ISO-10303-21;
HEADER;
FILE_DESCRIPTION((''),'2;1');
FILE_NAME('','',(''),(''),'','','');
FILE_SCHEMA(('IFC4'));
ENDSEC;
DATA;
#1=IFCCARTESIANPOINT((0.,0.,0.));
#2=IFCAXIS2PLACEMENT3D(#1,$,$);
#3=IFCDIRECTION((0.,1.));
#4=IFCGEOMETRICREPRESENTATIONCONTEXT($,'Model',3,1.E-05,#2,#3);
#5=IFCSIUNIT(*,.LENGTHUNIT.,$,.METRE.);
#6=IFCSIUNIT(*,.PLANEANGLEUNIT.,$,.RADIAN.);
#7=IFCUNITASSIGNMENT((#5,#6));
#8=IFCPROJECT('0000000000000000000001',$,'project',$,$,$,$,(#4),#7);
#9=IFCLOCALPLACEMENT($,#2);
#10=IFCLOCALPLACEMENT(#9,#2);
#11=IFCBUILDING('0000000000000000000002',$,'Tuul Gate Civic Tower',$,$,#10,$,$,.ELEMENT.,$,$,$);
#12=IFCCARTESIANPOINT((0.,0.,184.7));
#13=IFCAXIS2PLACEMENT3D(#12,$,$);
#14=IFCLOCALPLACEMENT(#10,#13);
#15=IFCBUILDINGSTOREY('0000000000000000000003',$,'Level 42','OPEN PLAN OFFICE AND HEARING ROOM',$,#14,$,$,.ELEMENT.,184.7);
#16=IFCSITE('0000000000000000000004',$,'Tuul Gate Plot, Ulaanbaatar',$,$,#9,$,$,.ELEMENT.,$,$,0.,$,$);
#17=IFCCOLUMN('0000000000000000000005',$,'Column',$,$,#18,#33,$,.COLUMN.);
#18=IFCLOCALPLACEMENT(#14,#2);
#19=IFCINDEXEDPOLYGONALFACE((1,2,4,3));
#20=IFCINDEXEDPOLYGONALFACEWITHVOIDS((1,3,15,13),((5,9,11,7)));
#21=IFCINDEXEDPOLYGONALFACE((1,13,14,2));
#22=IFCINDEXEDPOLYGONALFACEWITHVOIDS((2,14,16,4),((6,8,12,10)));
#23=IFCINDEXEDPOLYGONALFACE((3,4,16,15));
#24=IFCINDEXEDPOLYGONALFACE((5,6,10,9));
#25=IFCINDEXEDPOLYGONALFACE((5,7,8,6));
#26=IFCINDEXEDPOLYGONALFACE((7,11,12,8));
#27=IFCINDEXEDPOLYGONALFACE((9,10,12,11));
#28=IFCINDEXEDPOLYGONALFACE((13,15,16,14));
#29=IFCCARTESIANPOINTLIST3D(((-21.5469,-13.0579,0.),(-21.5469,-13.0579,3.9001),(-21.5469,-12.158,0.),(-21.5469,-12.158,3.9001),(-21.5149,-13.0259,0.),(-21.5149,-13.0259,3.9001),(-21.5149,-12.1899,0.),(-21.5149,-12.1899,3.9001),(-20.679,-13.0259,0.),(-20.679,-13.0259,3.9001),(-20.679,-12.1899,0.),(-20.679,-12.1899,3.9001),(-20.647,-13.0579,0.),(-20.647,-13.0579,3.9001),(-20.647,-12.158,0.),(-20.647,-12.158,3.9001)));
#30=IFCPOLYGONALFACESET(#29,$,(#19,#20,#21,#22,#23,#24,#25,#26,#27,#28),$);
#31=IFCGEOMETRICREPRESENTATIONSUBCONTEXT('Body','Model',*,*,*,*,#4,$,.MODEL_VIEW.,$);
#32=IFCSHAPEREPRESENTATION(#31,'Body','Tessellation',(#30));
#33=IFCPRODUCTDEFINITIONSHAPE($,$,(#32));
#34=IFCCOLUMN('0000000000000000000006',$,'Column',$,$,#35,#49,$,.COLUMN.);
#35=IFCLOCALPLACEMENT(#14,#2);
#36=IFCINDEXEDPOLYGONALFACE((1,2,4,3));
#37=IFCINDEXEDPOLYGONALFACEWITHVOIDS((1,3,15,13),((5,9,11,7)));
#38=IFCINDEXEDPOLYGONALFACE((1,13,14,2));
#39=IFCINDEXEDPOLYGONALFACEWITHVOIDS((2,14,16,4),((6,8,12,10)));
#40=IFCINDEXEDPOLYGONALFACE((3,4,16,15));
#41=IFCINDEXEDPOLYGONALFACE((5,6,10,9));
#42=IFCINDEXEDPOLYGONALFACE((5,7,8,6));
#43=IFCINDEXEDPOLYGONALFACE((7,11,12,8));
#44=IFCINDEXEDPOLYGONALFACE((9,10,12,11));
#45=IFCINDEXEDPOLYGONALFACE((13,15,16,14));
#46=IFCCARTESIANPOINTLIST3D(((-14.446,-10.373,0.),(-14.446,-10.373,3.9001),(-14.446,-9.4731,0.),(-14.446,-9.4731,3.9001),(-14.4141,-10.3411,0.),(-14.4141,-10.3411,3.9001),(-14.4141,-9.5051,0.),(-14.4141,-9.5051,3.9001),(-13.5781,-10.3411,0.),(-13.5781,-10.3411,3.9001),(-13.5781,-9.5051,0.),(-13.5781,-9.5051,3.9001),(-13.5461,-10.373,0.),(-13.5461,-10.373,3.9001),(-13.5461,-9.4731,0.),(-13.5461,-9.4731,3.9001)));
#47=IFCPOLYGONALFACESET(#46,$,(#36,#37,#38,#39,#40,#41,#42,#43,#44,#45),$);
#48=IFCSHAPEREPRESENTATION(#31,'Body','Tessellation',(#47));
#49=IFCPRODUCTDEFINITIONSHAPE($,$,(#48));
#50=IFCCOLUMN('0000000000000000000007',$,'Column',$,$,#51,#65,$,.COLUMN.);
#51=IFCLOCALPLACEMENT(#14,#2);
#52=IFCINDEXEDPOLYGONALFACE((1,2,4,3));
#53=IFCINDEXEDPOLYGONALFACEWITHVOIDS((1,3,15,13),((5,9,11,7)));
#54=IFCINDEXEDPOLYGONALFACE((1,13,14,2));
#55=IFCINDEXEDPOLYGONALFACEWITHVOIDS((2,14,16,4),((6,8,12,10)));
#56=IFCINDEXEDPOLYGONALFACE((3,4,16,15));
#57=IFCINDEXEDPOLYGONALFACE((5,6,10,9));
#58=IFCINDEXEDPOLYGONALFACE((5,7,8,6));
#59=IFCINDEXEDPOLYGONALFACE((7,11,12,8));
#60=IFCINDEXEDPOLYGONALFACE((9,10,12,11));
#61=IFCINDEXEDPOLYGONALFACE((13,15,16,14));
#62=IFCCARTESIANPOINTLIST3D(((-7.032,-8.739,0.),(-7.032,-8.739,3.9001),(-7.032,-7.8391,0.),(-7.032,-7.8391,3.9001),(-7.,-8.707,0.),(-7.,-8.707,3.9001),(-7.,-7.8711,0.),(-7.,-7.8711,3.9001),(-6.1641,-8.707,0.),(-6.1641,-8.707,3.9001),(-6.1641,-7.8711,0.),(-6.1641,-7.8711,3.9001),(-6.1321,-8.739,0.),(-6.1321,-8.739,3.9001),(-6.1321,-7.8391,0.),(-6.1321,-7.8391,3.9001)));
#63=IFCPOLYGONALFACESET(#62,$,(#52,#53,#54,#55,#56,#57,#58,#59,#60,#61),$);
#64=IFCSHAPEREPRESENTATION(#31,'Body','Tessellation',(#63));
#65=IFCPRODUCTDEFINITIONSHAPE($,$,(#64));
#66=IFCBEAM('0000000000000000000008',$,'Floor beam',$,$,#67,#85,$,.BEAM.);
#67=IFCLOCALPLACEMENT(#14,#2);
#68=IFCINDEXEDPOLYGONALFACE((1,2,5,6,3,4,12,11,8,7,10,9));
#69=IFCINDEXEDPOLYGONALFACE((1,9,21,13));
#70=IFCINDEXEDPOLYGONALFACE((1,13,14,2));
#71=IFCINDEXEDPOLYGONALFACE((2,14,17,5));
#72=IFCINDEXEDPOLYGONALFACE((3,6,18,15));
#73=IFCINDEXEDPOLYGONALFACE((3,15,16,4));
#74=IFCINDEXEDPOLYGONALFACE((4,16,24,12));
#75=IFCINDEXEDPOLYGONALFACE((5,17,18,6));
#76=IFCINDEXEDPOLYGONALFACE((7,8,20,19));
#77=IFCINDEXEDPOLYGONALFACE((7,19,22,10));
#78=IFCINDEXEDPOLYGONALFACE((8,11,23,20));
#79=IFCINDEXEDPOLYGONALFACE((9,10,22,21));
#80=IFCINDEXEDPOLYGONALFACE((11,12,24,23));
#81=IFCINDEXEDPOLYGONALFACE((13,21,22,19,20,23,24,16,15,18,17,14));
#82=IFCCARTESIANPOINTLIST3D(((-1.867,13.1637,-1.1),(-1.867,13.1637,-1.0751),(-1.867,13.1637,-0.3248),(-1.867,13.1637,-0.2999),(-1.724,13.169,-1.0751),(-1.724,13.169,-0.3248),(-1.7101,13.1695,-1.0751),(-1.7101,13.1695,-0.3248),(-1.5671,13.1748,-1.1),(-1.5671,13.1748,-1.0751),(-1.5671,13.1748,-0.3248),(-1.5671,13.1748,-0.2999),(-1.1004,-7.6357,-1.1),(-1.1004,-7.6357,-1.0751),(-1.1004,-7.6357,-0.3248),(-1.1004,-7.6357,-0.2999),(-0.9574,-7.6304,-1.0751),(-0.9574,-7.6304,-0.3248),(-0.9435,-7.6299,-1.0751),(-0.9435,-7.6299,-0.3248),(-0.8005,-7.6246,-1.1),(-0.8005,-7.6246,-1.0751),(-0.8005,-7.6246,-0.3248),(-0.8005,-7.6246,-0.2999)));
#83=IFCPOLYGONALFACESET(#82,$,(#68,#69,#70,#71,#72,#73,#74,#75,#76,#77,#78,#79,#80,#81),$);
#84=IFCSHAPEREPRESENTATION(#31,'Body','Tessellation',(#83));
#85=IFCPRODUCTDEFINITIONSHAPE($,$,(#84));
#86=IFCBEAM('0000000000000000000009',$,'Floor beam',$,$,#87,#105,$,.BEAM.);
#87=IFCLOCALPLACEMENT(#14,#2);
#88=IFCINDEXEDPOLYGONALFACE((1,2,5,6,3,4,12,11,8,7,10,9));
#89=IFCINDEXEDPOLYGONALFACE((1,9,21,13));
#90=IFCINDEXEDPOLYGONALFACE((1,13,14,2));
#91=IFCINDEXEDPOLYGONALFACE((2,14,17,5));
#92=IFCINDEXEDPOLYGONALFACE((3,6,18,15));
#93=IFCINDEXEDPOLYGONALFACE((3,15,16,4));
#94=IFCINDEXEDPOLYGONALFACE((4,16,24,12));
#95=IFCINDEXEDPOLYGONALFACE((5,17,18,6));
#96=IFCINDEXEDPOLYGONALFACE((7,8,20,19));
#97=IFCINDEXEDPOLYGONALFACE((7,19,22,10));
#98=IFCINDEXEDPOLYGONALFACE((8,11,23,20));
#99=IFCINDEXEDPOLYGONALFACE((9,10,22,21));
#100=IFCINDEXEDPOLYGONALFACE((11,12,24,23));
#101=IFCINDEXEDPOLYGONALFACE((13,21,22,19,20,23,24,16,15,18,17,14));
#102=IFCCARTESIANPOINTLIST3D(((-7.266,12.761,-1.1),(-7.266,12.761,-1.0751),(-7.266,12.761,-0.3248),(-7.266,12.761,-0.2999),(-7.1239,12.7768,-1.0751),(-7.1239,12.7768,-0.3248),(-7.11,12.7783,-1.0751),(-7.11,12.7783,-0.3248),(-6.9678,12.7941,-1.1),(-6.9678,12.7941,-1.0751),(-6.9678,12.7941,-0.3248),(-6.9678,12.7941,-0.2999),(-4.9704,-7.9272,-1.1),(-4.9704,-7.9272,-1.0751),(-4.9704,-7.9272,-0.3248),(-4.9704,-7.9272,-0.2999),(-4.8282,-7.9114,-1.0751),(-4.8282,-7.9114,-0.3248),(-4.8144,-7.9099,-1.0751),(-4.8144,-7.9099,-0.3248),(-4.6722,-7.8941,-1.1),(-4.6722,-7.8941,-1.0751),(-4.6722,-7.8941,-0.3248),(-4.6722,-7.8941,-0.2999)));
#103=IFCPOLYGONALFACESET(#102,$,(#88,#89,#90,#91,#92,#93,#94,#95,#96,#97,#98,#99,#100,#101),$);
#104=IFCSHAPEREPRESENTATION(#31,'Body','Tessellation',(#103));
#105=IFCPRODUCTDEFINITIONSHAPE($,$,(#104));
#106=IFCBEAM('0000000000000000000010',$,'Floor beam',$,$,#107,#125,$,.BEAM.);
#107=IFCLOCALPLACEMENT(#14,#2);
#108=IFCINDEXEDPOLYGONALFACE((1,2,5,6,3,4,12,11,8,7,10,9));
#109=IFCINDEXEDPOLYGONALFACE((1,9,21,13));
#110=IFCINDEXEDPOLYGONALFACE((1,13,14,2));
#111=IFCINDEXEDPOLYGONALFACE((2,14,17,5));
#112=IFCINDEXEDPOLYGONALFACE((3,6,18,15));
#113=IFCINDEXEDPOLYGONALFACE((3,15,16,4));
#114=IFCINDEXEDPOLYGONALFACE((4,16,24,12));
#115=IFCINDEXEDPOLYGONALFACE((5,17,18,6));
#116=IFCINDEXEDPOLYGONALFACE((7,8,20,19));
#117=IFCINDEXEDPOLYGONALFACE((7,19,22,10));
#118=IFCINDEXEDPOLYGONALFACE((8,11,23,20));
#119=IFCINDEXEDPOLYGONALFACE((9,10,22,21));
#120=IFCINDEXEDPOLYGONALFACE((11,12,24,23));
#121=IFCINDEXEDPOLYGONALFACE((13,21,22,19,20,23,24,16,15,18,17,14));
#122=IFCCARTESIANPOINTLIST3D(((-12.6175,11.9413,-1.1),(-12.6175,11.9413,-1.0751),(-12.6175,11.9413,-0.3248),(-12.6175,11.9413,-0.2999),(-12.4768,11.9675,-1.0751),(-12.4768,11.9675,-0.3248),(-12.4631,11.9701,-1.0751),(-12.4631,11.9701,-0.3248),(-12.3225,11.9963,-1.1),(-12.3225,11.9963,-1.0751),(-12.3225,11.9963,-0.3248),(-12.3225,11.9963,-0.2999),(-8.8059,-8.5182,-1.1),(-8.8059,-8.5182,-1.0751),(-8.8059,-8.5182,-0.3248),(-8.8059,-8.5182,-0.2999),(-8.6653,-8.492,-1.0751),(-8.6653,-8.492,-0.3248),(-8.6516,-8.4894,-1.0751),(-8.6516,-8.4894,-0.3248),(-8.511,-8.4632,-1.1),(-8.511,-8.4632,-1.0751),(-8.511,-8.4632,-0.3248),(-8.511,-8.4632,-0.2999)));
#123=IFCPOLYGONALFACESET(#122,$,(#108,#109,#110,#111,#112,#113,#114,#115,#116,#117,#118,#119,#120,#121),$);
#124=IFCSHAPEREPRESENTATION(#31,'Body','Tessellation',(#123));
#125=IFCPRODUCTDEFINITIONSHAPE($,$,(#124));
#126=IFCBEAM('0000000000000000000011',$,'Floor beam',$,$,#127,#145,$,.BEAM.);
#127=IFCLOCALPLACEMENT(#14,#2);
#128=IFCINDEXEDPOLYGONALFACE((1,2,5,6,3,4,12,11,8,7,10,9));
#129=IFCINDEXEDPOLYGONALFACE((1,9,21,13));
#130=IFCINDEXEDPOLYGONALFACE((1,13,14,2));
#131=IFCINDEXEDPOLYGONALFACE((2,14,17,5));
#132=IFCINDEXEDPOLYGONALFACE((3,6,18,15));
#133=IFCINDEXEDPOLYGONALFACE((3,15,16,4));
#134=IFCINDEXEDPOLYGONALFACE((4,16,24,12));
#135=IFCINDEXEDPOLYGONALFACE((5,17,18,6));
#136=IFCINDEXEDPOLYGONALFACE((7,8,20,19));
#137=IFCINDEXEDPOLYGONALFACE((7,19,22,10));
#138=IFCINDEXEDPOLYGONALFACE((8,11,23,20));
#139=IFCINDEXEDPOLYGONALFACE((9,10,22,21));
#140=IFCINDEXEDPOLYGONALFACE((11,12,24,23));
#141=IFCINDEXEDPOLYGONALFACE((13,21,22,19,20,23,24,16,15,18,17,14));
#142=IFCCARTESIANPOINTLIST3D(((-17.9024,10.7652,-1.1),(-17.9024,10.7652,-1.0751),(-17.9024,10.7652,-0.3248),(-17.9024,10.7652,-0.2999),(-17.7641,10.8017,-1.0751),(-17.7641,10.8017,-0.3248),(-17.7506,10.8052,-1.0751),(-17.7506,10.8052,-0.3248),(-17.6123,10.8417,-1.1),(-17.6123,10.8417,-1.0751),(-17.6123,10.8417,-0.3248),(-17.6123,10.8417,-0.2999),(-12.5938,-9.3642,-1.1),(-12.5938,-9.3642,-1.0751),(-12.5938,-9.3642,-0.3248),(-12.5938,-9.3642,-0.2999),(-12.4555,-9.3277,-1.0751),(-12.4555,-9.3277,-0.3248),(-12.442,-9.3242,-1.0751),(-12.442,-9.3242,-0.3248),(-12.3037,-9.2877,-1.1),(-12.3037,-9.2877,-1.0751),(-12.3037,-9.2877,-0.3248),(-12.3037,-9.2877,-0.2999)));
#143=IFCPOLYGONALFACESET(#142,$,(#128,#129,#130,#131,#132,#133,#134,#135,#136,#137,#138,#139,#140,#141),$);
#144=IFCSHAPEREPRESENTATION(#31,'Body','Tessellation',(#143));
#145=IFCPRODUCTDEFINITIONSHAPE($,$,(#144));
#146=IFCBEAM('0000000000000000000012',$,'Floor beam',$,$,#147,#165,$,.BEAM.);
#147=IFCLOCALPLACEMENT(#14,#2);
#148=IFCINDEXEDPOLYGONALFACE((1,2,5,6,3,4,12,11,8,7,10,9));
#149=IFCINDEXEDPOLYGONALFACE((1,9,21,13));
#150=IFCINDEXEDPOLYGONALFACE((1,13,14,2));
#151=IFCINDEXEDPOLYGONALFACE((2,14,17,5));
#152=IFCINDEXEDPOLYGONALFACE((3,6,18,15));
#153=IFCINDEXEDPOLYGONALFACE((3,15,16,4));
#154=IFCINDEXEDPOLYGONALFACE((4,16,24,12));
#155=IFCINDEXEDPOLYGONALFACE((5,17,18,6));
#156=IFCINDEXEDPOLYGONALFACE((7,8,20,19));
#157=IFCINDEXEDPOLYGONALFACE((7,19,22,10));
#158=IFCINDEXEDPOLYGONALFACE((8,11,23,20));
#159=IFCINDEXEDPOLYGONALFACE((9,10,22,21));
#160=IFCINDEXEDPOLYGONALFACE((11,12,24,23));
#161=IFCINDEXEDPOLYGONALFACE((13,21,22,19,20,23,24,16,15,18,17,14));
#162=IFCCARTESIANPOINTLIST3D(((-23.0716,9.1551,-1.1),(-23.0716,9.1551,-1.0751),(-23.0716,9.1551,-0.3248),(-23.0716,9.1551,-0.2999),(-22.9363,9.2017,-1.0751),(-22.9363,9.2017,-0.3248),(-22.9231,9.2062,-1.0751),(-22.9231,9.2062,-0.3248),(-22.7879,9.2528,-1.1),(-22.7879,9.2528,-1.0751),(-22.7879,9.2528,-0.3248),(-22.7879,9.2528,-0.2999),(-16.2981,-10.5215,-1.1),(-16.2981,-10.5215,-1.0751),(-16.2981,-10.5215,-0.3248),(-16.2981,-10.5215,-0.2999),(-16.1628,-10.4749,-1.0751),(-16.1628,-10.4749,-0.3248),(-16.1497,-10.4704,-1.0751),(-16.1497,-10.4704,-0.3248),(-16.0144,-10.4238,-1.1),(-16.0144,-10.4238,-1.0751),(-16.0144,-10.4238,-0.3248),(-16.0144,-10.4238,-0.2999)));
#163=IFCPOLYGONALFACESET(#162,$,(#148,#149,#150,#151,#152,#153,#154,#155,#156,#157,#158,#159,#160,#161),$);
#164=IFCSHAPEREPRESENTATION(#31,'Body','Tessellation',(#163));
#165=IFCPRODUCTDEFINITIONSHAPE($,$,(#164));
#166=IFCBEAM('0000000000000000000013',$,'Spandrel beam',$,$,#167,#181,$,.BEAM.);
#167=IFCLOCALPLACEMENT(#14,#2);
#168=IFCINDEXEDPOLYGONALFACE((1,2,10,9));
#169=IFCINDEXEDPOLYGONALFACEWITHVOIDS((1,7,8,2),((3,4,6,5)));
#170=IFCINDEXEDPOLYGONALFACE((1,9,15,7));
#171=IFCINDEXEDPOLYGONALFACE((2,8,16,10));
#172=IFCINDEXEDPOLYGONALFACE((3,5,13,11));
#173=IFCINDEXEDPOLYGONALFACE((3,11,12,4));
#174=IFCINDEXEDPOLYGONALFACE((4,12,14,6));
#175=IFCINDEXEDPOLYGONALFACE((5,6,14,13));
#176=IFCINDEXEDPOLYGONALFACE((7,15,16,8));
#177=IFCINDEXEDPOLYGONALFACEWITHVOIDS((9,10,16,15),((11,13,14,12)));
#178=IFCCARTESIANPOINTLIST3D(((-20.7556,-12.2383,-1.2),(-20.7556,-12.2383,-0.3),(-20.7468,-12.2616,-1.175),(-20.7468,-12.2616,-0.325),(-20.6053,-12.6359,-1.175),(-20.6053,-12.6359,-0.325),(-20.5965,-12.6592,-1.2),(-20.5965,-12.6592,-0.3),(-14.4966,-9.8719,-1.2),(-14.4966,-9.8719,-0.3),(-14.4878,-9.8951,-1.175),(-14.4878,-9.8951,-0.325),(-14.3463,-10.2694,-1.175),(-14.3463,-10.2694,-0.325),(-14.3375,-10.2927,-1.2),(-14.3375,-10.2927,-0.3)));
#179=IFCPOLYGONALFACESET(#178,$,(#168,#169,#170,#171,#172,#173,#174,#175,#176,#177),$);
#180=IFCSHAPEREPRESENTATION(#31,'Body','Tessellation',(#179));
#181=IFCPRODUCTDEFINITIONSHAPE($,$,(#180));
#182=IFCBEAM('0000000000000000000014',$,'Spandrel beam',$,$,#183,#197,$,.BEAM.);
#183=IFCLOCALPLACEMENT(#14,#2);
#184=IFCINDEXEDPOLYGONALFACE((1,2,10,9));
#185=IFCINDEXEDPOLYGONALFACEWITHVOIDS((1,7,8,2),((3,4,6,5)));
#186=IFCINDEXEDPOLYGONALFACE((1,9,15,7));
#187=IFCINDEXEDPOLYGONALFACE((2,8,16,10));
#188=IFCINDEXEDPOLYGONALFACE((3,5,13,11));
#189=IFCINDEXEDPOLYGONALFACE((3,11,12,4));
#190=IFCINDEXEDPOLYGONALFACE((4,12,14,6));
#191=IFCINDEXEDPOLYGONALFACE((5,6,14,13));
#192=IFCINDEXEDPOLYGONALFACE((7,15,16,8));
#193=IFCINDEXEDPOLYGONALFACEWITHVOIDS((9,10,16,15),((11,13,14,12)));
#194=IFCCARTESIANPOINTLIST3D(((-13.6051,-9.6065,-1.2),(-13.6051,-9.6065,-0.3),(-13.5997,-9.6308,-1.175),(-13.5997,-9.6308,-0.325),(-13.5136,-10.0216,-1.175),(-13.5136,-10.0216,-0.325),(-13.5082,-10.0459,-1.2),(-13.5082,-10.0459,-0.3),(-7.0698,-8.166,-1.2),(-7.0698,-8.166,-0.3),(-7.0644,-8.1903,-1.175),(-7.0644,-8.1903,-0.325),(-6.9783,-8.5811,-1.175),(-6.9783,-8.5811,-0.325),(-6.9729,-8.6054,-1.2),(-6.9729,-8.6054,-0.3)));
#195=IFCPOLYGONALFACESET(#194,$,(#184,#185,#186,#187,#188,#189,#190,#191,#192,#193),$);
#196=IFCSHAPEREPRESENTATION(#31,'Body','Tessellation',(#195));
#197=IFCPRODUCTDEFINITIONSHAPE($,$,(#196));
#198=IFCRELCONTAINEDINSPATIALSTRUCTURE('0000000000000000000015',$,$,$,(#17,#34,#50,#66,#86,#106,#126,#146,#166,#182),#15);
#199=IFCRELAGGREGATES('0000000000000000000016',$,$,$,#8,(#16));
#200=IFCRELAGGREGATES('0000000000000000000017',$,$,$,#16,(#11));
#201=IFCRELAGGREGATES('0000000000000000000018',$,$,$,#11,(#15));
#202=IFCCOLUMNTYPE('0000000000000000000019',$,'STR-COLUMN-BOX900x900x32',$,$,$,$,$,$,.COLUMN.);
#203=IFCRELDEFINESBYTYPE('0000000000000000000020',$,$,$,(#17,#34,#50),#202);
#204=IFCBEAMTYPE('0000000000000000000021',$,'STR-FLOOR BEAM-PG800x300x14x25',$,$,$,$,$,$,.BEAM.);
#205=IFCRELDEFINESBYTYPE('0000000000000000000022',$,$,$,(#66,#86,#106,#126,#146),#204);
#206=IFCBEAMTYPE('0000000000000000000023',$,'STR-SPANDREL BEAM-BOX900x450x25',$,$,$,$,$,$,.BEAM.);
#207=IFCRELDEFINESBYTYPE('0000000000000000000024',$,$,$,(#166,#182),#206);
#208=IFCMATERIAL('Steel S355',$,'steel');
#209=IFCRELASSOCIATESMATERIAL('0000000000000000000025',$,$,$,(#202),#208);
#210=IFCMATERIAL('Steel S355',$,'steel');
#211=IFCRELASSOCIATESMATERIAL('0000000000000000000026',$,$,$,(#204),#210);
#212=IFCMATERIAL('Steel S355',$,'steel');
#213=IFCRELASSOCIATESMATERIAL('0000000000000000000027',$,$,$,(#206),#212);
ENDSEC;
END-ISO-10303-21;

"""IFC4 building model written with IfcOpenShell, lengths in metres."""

from ifc_helpers import new_model, si_unit, direction, frame, origin, origin_2d, place, context, subcontext, project, spatial, hollow_rectangle, i_section, extrude, material, material_profile, profile_set, type_object, element, save


model = new_model("IFC4")

# Units and contexts
model_context = context("Model", 3, precision=1e-05, world=origin(), true_north=direction((0.0, 1.0)))
body_context = subcontext(model_context, "Body", "Model", "MODEL_VIEW")
ifc_project = project(units=[si_unit("LENGTHUNIT", "METRE"), si_unit("PLANEANGLEUNIT", "RADIAN")], contexts=[model_context])

# Site, building, storey
site_placement = place(None, origin())
site = spatial("IfcSite", under=ifc_project, at=site_placement, Name="Tuul Gate Plot, Ulaanbaatar", CompositionType="ELEMENT", RefElevation=0.0)
building_placement = place(site_placement, origin())
building = spatial("IfcBuilding", under=site, at=building_placement, Name="Tuul Gate Civic Tower", CompositionType="ELEMENT")
storey_placement = place(building_placement, frame((0.0, 0.0, 184.7)))
storey = spatial("IfcBuildingStorey", under=building, at=storey_placement, Name="Level 42", Description="OPEN PLAN OFFICE AND HEARING ROOM", CompositionType="ELEMENT", Elevation=184.7)

# Columns
ifc_material_1 = material(Name="Steel S355", Category="steel")
ifc_material_profile_1 = material_profile(ifc_material_1, hollow_rectangle(XDim=0.8999, YDim=0.8999, WallThickness=0.032, at=origin_2d()), Name="BOX900x900x32")
ifc_profile_set_1 = profile_set([ifc_material_profile_1], Name="Steel S355")
column_type = type_object("IfcColumnType", Name="STR-COLUMN-BOX900x900x32", PredefinedType="COLUMN", material=ifc_profile_set_1)
for number, where, z_axis, x_axis, name in (
    (1, (-21.0969, -12.6079, 0.0), (0.0, 0.0, 1.0), (1.0, 0.0, 0.0), "Column"),
    (2, (-13.9961, -9.9231, 0.0), (0.0, 0.0, 1.0), (1.0, 0.0, 0.0), "Column"),
    (3, (-6.582, -8.2891, 0.0), (0.0, 0.0, 1.0), (1.0, 0.0, 0.0), "Column"),
):
    element("IfcColumn", number, at=place(storey_placement, frame(where, z_axis=z_axis, x_axis=x_axis)), inside=storey, type_object=column_type, Name=name, PredefinedType="COLUMN", context=body_context, shape_type="SweptSolid", body=[
        extrude(hollow_rectangle(XDim=0.8999, YDim=0.8999, WallThickness=0.032, at=origin_2d()), origin(), (0.0, 0.0, 1.0), 3.9001),
    ])

# Beams
ifc_material_2 = material(Name="Steel S355", Category="steel")
ifc_material_profile_2 = material_profile(ifc_material_2, i_section(OverallWidth=0.3, OverallDepth=0.8, WebThickness=0.0139, FlangeThickness=0.0249, at=origin_2d()), Name="PG800x300x14x25")
ifc_profile_set_2 = profile_set([ifc_material_profile_2], Name="Steel S355")
beam_type_1 = type_object("IfcBeamType", Name="STR-FLOOR BEAM-PG800x300x14x25", PredefinedType="BEAM", material=ifc_profile_set_2)
beam_1_placement = place(storey_placement, frame((-0.9504, -7.6301, -0.7), z_axis=(-0.036832, 0.999321, 0.0), x_axis=(-0.999321, -0.036832, 0.0)))
element("IfcBeam", 4, at=beam_1_placement, inside=storey, type_object=beam_type_1, Name="Floor beam", PredefinedType="BEAM", context=body_context, shape_type="SweptSolid", body=[
    extrude(i_section(OverallWidth=0.3, OverallDepth=0.8, WebThickness=0.0139, FlangeThickness=0.0249, at=origin_2d()), origin(), (0.0, 0.0, 1.0), 20.8135),
])
beam_2_placement = place(storey_placement, frame((-4.8213, -7.9106, -0.7), z_axis=(-0.110287, 0.9939, 0.0), x_axis=(-0.9939, -0.110287, 0.0)))
element("IfcBeam", 5, at=beam_2_placement, inside=storey, type_object=beam_type_1, Name="Floor beam", PredefinedType="BEAM", context=body_context, shape_type="SweptSolid", body=[
    extrude(i_section(OverallWidth=0.3, OverallDepth=0.8, WebThickness=0.0139, FlangeThickness=0.0249, at=origin_2d()), origin(), (0.0, 0.0, 1.0), 20.8152),
])
beam_3_placement = place(storey_placement, frame((-8.6584, -8.4907, -0.7), z_axis=(-0.183145, 0.983086, 0.0), x_axis=(-0.983086, -0.183145, 0.0)))
element("IfcBeam", 6, at=beam_3_placement, inside=storey, type_object=beam_type_1, Name="Floor beam", PredefinedType="BEAM", context=body_context, shape_type="SweptSolid", body=[
    extrude(i_section(OverallWidth=0.3, OverallDepth=0.8, WebThickness=0.0139, FlangeThickness=0.0249, at=origin_2d()), origin(), (0.0, 0.0, 1.0), 20.8115),
])
beam_4_placement = place(storey_placement, frame((-12.4487, -9.3259, -0.7), z_axis=(-0.255005, 0.96694, 0.0), x_axis=(-0.96694, -0.255005, 0.0)))
element("IfcBeam", 7, at=beam_4_placement, inside=storey, type_object=beam_type_1, Name="Floor beam", PredefinedType="BEAM", context=body_context, shape_type="SweptSolid", body=[
    extrude(i_section(OverallWidth=0.3, OverallDepth=0.8, WebThickness=0.0139, FlangeThickness=0.0249, at=origin_2d()), origin(), (0.0, 0.0, 1.0), 20.8176),
])
beam_5_placement = place(storey_placement, frame((-16.1562, -10.4727, -0.7), z_axis=(-0.325494, 0.945544, 0.0), x_axis=(-0.945544, -0.325494, 0.0)))
element("IfcBeam", 8, at=beam_5_placement, inside=storey, type_object=beam_type_1, Name="Floor beam", PredefinedType="BEAM", context=body_context, shape_type="SweptSolid", body=[
    extrude(i_section(OverallWidth=0.3, OverallDepth=0.8, WebThickness=0.0139, FlangeThickness=0.0249, at=origin_2d()), origin(), (0.0, 0.0, 1.0), 20.8098),
])
ifc_material_3 = material(Name="Steel S355", Category="steel")
ifc_material_profile_3 = material_profile(ifc_material_3, hollow_rectangle(XDim=0.45, YDim=0.8999, WallThickness=0.0249, at=origin_2d()), Name="BOX900x450x25")
ifc_profile_set_3 = profile_set([ifc_material_profile_3], Name="Steel S355")
beam_type_2 = type_object("IfcBeamType", Name="STR-SPANDREL BEAM-BOX900x450x25", PredefinedType="BEAM", material=ifc_profile_set_3)
beam_6_placement = place(storey_placement, frame((-20.676, -12.4487, -0.75), z_axis=(0.935377, 0.353653, 0.0), x_axis=(-0.353653, 0.935377, 0.0)))
element("IfcBeam", 9, at=beam_6_placement, inside=storey, type_object=beam_type_2, Name="Spandrel beam", PredefinedType="BEAM", context=body_context, shape_type="SweptSolid", body=[
    extrude(hollow_rectangle(XDim=0.45, YDim=0.8999, WallThickness=0.0249, at=origin_2d()), origin(), (0.0, 0.0, 1.0), 6.6914),
])
beam_7_placement = place(storey_placement, frame((-13.5566, -9.8262, -0.75), z_axis=(0.97656, 0.215246, 0.0), x_axis=(-0.215246, 0.97656, 0.0)))
element("IfcBeam", 10, at=beam_7_placement, inside=storey, type_object=beam_type_2, Name="Spandrel beam", PredefinedType="BEAM", context=body_context, shape_type="SweptSolid", body=[
    extrude(hollow_rectangle(XDim=0.45, YDim=0.8999, WallThickness=0.0249, at=origin_2d()), origin(), (0.0, 0.0, 1.0), 6.6921),
])

save(model, "model.ifc")
